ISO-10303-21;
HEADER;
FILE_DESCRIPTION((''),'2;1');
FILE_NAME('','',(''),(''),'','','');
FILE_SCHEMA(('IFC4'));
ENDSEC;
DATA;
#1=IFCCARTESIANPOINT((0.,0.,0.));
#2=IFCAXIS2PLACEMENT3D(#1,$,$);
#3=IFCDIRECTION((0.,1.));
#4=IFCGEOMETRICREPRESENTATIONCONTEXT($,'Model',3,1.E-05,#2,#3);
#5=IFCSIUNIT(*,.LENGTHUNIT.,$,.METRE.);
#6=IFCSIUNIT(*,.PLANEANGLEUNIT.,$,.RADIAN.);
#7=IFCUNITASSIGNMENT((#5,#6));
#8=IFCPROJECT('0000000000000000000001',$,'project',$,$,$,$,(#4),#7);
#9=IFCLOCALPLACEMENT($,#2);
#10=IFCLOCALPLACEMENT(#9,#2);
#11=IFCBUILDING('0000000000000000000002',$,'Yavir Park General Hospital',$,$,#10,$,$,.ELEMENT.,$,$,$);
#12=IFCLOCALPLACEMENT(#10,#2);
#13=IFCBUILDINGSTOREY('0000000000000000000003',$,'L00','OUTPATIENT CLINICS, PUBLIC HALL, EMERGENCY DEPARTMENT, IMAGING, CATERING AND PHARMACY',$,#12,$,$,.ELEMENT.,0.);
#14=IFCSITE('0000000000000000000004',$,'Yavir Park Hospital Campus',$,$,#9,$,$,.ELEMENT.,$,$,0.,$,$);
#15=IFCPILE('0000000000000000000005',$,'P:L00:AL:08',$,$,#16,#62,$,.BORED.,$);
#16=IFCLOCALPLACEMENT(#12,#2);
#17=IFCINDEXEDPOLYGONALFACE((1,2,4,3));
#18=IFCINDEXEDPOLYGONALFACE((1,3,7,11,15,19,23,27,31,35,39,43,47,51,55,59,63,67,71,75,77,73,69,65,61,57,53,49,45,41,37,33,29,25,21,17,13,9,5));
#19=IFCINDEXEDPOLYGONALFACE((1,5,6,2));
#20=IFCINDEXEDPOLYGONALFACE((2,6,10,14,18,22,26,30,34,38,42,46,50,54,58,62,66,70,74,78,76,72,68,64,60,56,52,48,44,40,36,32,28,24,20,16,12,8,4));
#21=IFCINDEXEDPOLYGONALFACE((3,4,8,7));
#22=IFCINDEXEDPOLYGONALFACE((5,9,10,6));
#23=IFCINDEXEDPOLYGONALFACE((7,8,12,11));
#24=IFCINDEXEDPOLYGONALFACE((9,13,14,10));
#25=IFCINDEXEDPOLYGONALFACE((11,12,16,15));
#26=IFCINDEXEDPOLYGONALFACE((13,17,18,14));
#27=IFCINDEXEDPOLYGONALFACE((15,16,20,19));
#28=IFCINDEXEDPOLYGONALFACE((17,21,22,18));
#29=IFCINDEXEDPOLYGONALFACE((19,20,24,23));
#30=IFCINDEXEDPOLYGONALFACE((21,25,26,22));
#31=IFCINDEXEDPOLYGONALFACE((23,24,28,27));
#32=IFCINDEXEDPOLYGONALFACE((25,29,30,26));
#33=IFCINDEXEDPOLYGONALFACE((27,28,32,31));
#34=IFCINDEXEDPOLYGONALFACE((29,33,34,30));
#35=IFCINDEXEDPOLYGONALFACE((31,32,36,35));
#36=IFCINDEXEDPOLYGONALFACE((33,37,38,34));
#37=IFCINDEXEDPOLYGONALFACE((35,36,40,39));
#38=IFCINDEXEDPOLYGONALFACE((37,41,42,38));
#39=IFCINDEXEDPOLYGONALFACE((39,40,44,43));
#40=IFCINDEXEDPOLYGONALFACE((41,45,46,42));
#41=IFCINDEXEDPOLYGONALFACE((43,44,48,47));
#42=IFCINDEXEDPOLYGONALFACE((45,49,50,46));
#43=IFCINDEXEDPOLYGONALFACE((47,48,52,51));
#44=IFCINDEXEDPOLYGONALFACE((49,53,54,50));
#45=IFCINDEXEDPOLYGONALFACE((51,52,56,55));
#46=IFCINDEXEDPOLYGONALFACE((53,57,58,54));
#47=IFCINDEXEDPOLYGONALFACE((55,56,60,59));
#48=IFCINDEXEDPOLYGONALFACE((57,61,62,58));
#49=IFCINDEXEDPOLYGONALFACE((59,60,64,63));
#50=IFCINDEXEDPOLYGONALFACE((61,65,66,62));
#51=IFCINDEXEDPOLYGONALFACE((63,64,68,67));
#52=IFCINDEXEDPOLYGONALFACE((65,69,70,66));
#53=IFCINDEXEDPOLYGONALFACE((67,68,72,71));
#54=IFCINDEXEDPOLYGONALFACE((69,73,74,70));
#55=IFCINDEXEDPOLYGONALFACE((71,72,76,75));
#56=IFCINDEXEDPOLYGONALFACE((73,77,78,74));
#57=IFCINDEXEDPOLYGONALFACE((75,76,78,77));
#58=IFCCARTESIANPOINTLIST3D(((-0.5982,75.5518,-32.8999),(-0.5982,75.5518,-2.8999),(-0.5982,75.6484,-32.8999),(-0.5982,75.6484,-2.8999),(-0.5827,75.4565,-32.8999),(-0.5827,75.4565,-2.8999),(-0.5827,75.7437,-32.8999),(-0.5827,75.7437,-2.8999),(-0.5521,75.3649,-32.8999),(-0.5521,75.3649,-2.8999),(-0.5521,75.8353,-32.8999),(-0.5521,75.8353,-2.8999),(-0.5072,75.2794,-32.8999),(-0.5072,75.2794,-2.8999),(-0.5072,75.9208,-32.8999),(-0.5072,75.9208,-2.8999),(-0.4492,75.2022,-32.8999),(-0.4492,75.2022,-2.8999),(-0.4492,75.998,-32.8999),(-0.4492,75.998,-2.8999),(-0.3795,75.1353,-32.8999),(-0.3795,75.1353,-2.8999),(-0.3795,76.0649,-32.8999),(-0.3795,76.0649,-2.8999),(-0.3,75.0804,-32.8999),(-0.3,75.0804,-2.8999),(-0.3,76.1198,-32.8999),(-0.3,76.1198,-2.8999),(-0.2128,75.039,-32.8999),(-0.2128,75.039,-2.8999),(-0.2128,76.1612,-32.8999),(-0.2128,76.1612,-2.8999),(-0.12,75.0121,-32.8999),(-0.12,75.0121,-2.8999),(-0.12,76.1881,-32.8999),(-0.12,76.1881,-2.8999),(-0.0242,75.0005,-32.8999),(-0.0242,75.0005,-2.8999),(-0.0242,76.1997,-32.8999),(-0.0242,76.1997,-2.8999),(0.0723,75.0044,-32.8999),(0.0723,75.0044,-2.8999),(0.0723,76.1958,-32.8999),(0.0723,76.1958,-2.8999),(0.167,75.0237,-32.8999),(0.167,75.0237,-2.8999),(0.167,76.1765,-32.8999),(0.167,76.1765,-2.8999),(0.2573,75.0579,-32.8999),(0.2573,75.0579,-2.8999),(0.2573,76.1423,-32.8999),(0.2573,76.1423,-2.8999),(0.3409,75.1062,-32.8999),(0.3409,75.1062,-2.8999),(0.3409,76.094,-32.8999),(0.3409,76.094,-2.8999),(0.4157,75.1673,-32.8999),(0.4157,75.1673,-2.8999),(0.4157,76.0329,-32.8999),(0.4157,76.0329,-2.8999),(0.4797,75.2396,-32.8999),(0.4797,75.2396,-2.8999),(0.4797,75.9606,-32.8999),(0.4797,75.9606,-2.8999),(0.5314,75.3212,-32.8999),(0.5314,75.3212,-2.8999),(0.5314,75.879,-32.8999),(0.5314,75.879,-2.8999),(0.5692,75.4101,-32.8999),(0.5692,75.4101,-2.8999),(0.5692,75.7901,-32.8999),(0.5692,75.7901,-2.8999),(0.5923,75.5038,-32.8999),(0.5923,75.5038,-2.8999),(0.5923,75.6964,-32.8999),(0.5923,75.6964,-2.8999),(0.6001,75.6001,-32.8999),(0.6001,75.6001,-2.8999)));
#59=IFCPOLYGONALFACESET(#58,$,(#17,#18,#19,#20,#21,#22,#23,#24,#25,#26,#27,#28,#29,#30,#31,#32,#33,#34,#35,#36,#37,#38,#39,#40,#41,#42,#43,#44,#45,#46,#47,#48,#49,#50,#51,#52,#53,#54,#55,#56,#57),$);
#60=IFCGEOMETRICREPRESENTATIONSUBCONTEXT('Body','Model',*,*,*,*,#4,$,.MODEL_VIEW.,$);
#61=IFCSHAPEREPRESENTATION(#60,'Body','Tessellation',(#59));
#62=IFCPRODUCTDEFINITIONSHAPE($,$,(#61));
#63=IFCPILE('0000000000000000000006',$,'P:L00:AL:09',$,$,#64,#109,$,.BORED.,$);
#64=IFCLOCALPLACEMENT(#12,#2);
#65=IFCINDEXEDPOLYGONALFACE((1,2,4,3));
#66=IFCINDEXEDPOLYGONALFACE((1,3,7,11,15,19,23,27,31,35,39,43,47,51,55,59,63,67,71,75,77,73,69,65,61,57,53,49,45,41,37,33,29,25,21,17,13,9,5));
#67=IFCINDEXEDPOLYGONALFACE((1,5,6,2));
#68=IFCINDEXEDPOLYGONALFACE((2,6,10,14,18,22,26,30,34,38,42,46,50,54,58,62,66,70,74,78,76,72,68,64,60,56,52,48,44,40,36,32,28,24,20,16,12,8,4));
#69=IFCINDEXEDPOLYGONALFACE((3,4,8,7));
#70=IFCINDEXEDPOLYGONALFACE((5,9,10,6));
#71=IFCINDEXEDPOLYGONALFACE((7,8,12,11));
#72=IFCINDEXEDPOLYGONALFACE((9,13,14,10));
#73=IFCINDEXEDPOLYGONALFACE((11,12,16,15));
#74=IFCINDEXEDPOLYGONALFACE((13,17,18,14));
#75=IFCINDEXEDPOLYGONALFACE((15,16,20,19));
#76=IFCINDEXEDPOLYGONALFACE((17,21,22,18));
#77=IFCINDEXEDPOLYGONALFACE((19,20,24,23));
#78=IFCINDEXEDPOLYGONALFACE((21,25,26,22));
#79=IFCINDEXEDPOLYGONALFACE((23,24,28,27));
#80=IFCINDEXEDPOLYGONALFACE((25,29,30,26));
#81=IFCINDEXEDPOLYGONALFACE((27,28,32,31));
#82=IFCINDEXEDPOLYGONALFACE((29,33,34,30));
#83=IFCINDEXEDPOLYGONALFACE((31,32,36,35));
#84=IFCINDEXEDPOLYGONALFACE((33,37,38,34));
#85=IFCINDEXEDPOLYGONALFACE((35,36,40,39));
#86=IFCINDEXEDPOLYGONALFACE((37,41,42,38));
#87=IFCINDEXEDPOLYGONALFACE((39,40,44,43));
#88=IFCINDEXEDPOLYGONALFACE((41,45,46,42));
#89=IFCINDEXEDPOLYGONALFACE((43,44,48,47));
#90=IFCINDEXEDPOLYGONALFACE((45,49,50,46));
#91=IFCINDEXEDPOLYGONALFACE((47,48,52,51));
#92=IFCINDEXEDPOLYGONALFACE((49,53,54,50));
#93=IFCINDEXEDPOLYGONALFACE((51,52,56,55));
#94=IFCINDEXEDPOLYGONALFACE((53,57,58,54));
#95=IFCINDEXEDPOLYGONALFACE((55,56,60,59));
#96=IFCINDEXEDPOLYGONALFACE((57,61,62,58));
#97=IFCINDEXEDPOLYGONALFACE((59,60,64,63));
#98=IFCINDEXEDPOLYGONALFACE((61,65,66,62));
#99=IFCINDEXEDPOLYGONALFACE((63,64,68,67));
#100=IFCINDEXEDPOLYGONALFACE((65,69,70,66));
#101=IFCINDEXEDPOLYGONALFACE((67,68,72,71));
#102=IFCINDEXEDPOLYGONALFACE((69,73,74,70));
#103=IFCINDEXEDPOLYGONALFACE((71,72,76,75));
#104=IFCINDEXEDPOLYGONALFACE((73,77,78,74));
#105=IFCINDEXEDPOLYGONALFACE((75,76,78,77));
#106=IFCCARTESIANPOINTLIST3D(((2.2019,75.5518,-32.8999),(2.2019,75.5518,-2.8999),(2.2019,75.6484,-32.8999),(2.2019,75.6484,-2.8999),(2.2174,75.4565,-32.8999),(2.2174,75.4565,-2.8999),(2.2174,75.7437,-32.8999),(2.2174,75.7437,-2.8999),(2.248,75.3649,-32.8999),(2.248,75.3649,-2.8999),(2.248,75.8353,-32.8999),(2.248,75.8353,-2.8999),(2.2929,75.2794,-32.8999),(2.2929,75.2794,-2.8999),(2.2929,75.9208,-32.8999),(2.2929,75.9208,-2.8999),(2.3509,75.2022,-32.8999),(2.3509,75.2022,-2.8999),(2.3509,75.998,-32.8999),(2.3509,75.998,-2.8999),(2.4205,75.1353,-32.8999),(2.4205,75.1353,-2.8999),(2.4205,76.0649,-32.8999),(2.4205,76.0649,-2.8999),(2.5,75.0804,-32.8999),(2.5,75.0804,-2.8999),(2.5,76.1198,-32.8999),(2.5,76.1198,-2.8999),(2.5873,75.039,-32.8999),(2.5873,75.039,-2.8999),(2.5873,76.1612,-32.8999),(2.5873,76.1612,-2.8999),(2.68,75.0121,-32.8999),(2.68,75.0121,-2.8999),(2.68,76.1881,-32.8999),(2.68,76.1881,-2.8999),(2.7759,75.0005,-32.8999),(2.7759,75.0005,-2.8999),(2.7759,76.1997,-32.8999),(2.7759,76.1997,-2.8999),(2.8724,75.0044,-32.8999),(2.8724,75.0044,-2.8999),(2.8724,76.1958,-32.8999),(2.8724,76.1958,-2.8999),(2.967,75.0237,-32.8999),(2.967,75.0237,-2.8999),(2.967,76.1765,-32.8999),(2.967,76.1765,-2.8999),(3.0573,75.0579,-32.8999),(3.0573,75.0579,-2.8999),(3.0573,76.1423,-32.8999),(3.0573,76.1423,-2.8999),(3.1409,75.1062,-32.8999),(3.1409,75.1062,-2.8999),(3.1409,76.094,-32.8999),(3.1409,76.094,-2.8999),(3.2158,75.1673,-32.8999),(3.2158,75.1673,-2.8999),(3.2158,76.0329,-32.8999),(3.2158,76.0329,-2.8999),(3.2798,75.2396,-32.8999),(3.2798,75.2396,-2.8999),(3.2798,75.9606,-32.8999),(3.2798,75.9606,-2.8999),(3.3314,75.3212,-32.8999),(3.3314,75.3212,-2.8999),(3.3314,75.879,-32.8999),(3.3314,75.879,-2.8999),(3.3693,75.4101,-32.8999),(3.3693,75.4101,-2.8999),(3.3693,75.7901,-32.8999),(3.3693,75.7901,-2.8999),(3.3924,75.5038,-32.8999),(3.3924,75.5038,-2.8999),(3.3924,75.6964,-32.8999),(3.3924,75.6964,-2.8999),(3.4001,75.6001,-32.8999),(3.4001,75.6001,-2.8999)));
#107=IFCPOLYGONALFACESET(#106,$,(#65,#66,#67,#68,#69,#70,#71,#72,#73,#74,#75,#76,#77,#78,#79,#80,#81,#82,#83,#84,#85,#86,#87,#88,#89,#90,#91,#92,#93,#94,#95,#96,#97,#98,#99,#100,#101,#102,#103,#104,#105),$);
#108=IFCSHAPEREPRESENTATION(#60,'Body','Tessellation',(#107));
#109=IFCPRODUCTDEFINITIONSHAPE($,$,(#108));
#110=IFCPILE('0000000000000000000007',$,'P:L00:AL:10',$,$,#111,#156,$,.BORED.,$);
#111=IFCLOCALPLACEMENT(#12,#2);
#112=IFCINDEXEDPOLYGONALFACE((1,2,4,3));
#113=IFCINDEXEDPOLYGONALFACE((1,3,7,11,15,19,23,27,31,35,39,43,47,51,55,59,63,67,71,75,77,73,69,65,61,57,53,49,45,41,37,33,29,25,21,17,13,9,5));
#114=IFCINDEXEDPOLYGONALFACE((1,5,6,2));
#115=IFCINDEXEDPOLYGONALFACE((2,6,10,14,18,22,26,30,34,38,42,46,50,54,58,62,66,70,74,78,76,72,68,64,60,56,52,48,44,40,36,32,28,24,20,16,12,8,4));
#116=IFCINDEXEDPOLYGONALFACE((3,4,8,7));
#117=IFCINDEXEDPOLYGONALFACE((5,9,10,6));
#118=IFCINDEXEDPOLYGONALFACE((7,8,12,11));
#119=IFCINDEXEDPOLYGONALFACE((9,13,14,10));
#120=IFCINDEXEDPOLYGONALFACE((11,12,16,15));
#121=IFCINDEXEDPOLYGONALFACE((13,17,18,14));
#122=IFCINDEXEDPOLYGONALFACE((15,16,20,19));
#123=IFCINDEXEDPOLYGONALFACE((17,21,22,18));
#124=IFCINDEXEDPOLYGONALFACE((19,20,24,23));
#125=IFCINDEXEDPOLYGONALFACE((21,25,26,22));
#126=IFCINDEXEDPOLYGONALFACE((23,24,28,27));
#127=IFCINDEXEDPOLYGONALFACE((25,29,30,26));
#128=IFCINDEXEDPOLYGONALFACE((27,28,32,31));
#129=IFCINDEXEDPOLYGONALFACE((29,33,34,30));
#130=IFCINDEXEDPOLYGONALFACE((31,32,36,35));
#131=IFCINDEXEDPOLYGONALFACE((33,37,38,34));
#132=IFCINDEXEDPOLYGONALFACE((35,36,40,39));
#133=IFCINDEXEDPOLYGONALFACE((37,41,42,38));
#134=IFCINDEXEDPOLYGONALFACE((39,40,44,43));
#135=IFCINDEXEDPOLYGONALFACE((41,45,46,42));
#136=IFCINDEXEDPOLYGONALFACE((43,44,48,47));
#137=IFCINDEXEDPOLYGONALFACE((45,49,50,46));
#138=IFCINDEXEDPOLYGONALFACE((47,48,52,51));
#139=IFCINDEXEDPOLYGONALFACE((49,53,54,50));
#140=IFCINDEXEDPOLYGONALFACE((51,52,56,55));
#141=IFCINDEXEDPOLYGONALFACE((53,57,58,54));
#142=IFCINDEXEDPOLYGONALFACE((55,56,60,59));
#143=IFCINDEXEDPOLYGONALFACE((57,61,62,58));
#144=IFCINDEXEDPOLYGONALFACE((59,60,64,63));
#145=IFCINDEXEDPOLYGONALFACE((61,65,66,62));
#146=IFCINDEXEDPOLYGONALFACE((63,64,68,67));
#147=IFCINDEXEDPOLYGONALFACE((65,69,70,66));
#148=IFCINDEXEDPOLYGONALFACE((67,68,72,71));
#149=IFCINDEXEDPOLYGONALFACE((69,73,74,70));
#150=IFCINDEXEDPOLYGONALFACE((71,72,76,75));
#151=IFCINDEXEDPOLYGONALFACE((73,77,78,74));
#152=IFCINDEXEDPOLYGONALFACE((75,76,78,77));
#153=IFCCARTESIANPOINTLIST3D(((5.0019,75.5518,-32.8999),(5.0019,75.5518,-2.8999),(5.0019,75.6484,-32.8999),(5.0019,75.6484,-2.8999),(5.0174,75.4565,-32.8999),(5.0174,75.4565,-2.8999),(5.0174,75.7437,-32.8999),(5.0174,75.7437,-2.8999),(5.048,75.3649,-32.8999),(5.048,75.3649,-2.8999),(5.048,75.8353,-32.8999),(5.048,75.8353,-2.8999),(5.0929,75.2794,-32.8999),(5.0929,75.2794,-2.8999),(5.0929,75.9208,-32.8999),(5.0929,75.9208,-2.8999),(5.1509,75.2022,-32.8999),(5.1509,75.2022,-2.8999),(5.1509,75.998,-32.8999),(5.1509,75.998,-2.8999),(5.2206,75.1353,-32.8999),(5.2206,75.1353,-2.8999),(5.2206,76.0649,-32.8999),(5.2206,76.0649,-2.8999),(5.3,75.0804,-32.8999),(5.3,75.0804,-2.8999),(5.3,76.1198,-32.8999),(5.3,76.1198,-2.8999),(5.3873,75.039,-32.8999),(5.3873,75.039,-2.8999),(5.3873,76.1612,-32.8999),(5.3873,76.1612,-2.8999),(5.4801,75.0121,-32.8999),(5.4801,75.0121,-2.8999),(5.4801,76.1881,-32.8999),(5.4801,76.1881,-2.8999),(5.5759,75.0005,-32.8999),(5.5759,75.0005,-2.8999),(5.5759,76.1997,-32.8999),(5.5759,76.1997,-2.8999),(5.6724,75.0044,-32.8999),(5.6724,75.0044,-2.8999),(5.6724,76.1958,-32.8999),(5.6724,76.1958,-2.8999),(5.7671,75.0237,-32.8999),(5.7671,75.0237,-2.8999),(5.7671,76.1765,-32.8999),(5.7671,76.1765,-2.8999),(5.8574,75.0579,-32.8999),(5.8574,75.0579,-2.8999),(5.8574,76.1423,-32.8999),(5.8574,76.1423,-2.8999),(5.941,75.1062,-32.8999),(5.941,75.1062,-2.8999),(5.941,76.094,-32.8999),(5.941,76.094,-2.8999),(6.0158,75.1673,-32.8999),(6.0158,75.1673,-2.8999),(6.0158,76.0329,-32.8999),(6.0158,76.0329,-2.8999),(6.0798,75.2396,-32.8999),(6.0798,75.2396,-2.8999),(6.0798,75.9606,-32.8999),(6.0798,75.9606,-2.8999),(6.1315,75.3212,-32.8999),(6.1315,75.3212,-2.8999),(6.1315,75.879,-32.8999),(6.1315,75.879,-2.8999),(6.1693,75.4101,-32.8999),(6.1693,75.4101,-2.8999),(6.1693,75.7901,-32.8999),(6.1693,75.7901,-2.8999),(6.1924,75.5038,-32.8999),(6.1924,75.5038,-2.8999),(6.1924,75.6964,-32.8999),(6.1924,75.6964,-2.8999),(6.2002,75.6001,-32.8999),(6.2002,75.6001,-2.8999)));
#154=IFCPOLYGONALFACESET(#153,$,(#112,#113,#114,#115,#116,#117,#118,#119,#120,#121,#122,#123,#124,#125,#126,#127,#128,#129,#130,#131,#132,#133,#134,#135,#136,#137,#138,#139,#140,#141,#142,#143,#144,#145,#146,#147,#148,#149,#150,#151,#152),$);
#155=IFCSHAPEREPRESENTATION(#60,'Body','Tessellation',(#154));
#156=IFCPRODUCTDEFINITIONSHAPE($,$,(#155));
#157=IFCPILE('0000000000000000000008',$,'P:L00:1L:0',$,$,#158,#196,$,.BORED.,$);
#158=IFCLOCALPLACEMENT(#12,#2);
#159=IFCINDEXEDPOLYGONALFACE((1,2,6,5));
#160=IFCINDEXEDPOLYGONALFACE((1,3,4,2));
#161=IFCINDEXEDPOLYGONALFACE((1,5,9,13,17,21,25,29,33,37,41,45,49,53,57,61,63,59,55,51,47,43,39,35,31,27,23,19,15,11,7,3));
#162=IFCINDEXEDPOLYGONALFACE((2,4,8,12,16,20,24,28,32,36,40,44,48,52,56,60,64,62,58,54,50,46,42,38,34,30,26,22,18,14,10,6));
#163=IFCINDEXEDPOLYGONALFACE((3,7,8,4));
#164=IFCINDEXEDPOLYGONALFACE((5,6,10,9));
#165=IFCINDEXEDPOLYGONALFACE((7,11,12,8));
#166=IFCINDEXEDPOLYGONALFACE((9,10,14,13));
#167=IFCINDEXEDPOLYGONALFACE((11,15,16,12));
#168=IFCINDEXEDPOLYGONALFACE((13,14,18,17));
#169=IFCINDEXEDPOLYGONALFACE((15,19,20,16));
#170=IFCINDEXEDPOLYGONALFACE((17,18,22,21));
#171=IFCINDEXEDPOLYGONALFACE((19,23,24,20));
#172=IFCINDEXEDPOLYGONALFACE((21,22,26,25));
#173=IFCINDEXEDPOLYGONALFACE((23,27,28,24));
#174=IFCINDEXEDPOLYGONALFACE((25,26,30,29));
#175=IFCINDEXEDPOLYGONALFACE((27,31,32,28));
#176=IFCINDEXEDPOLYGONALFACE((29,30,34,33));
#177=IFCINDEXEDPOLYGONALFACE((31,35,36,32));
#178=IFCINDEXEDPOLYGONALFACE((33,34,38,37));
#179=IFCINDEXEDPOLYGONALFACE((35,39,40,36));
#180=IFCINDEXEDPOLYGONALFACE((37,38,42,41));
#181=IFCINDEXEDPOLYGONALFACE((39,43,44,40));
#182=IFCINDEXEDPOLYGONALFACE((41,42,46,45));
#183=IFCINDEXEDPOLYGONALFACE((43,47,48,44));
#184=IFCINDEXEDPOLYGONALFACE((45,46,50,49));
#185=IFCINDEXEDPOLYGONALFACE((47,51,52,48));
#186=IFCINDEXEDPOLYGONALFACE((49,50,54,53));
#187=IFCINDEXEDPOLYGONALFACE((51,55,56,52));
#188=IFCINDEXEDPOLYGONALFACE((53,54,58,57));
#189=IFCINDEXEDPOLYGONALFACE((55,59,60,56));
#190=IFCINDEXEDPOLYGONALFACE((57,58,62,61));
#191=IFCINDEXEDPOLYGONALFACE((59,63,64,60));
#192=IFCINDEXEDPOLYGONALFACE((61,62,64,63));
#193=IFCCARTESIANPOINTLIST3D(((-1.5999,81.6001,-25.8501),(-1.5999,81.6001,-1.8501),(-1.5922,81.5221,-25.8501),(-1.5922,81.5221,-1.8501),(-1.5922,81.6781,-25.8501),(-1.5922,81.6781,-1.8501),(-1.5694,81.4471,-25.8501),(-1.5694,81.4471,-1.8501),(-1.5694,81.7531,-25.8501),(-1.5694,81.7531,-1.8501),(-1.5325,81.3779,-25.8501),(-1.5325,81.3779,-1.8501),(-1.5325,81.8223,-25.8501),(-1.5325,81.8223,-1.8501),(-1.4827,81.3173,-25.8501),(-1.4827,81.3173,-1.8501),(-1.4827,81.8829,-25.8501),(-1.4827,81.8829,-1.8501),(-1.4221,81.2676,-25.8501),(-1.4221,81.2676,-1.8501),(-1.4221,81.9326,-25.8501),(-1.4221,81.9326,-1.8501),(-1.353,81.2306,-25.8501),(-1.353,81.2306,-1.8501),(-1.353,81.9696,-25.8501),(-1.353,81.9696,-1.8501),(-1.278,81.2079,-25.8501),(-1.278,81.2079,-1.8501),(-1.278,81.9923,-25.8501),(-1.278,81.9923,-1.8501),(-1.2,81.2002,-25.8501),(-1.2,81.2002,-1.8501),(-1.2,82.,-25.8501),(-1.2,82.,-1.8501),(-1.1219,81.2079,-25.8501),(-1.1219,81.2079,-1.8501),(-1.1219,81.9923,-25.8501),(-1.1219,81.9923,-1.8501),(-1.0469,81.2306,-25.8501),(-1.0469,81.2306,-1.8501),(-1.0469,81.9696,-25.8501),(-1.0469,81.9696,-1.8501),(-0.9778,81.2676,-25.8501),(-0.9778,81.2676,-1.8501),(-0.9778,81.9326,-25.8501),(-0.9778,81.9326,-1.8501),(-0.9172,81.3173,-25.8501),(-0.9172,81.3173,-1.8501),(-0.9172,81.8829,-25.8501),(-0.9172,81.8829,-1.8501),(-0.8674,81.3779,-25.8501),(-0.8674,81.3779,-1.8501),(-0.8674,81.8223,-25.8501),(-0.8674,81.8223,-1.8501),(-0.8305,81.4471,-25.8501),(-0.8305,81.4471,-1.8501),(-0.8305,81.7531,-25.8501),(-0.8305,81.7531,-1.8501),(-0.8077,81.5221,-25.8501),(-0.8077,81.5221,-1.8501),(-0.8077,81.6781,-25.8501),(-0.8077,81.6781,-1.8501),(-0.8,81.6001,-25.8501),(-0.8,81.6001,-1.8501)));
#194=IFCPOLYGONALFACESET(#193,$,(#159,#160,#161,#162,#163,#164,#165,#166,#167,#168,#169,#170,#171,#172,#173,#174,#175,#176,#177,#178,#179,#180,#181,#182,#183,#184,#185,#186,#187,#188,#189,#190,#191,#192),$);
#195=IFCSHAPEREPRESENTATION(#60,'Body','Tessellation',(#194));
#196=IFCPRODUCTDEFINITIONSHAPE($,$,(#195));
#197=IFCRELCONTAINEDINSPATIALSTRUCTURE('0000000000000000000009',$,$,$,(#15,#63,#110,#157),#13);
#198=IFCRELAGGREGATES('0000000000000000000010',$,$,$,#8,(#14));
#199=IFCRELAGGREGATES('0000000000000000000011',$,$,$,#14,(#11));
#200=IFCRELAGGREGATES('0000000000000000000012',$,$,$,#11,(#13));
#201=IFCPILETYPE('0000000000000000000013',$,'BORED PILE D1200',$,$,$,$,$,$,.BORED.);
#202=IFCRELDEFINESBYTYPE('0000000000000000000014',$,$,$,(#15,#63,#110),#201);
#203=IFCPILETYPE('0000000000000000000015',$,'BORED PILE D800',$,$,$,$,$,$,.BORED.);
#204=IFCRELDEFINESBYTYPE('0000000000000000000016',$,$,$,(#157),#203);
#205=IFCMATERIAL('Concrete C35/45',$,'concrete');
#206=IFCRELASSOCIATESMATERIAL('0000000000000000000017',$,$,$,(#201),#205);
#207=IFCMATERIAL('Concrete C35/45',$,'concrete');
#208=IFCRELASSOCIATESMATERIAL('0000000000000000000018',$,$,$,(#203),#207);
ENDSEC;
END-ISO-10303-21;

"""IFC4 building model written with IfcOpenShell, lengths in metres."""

from ifc_helpers import new_model, si_unit, direction, frame, origin, origin_2d, place, context, subcontext, project, spatial, circle, extrude, material, material_profile, profile_set, type_object, element, save


model = new_model("IFC4")

# Units and contexts
model_context = context("Model", 3, precision=1e-05, world=origin(), true_north=direction((0.0, 1.0)))
body_context = subcontext(model_context, "Body", "Model", "MODEL_VIEW")
ifc_project = project(units=[si_unit("LENGTHUNIT", "METRE"), si_unit("PLANEANGLEUNIT", "RADIAN")], contexts=[model_context])

# Site, building, storey
site_placement = place(None, origin())
site = spatial("IfcSite", under=ifc_project, at=site_placement, Name="Yavir Park Hospital Campus", CompositionType="ELEMENT", RefElevation=0.0)
building_placement = place(site_placement, origin())
building = spatial("IfcBuilding", under=site, at=building_placement, Name="Yavir Park General Hospital", CompositionType="ELEMENT")
storey_placement = place(building_placement, origin())
storey = spatial("IfcBuildingStorey", under=building, at=storey_placement, Name="L00", Description="OUTPATIENT CLINICS, PUBLIC HALL, EMERGENCY DEPARTMENT, IMAGING, CATERING AND PHARMACY", CompositionType="ELEMENT", Elevation=0.0)

# Piles
ifc_material_1 = material(Name="Concrete C35/45", Category="concrete")
ifc_material_profile_1 = material_profile(ifc_material_1, circle(Radius=0.6001, at=origin_2d()), Name="D1200")
ifc_profile_set_1 = profile_set([ifc_material_profile_1], Name="Concrete C35/45")
pile_type_1 = type_object("IfcPileType", Name="BORED PILE D1200", PredefinedType="BORED", material=ifc_profile_set_1)
for number, where, z_axis, x_axis, name in (
    (1, (0.0, 75.6001, -2.8999), (0.0, 0.0, -1.0), (1.0, 0.0, 0.0), "P:L00:AL:08"),
    (2, (2.8, 75.6001, -2.8999), (0.0, 0.0, -1.0), (1.0, 0.0, 0.0), "P:L00:AL:09"),
    (3, (5.6001, 75.6001, -2.8999), (0.0, 0.0, -1.0), (1.0, 0.0, 0.0), "P:L00:AL:10"),
):
    element("IfcPile", number, at=place(storey_placement, frame(where, z_axis=z_axis, x_axis=x_axis)), inside=storey, type_object=pile_type_1, Name=name, PredefinedType="BORED", context=body_context, shape_type="SweptSolid", body=[
        extrude(circle(Radius=0.6001, at=origin_2d()), origin(), (0.0, 0.0, 1.0), 30.0),
    ])
ifc_material_2 = material(Name="Concrete C35/45", Category="concrete")
ifc_material_profile_2 = material_profile(ifc_material_2, circle(Radius=0.3999, at=origin_2d()), Name="D800")
ifc_profile_set_2 = profile_set([ifc_material_profile_2], Name="Concrete C35/45")
pile_type_2 = type_object("IfcPileType", Name="BORED PILE D800", PredefinedType="BORED", material=ifc_profile_set_2)
for number, where, z_axis, x_axis, name in (
    (4, (-1.2, 81.6001, -1.8501), (0.0, 0.0, -1.0), (1.0, 0.0, 0.0), "P:L00:1L:0"),
):
    element("IfcPile", number, at=place(storey_placement, frame(where, z_axis=z_axis, x_axis=x_axis)), inside=storey, type_object=pile_type_2, Name=name, PredefinedType="BORED", context=body_context, shape_type="SweptSolid", body=[
        extrude(circle(Radius=0.3999, at=origin_2d()), origin(), (0.0, 0.0, 1.0), 24.0),
    ])

save(model, "model.ifc")
